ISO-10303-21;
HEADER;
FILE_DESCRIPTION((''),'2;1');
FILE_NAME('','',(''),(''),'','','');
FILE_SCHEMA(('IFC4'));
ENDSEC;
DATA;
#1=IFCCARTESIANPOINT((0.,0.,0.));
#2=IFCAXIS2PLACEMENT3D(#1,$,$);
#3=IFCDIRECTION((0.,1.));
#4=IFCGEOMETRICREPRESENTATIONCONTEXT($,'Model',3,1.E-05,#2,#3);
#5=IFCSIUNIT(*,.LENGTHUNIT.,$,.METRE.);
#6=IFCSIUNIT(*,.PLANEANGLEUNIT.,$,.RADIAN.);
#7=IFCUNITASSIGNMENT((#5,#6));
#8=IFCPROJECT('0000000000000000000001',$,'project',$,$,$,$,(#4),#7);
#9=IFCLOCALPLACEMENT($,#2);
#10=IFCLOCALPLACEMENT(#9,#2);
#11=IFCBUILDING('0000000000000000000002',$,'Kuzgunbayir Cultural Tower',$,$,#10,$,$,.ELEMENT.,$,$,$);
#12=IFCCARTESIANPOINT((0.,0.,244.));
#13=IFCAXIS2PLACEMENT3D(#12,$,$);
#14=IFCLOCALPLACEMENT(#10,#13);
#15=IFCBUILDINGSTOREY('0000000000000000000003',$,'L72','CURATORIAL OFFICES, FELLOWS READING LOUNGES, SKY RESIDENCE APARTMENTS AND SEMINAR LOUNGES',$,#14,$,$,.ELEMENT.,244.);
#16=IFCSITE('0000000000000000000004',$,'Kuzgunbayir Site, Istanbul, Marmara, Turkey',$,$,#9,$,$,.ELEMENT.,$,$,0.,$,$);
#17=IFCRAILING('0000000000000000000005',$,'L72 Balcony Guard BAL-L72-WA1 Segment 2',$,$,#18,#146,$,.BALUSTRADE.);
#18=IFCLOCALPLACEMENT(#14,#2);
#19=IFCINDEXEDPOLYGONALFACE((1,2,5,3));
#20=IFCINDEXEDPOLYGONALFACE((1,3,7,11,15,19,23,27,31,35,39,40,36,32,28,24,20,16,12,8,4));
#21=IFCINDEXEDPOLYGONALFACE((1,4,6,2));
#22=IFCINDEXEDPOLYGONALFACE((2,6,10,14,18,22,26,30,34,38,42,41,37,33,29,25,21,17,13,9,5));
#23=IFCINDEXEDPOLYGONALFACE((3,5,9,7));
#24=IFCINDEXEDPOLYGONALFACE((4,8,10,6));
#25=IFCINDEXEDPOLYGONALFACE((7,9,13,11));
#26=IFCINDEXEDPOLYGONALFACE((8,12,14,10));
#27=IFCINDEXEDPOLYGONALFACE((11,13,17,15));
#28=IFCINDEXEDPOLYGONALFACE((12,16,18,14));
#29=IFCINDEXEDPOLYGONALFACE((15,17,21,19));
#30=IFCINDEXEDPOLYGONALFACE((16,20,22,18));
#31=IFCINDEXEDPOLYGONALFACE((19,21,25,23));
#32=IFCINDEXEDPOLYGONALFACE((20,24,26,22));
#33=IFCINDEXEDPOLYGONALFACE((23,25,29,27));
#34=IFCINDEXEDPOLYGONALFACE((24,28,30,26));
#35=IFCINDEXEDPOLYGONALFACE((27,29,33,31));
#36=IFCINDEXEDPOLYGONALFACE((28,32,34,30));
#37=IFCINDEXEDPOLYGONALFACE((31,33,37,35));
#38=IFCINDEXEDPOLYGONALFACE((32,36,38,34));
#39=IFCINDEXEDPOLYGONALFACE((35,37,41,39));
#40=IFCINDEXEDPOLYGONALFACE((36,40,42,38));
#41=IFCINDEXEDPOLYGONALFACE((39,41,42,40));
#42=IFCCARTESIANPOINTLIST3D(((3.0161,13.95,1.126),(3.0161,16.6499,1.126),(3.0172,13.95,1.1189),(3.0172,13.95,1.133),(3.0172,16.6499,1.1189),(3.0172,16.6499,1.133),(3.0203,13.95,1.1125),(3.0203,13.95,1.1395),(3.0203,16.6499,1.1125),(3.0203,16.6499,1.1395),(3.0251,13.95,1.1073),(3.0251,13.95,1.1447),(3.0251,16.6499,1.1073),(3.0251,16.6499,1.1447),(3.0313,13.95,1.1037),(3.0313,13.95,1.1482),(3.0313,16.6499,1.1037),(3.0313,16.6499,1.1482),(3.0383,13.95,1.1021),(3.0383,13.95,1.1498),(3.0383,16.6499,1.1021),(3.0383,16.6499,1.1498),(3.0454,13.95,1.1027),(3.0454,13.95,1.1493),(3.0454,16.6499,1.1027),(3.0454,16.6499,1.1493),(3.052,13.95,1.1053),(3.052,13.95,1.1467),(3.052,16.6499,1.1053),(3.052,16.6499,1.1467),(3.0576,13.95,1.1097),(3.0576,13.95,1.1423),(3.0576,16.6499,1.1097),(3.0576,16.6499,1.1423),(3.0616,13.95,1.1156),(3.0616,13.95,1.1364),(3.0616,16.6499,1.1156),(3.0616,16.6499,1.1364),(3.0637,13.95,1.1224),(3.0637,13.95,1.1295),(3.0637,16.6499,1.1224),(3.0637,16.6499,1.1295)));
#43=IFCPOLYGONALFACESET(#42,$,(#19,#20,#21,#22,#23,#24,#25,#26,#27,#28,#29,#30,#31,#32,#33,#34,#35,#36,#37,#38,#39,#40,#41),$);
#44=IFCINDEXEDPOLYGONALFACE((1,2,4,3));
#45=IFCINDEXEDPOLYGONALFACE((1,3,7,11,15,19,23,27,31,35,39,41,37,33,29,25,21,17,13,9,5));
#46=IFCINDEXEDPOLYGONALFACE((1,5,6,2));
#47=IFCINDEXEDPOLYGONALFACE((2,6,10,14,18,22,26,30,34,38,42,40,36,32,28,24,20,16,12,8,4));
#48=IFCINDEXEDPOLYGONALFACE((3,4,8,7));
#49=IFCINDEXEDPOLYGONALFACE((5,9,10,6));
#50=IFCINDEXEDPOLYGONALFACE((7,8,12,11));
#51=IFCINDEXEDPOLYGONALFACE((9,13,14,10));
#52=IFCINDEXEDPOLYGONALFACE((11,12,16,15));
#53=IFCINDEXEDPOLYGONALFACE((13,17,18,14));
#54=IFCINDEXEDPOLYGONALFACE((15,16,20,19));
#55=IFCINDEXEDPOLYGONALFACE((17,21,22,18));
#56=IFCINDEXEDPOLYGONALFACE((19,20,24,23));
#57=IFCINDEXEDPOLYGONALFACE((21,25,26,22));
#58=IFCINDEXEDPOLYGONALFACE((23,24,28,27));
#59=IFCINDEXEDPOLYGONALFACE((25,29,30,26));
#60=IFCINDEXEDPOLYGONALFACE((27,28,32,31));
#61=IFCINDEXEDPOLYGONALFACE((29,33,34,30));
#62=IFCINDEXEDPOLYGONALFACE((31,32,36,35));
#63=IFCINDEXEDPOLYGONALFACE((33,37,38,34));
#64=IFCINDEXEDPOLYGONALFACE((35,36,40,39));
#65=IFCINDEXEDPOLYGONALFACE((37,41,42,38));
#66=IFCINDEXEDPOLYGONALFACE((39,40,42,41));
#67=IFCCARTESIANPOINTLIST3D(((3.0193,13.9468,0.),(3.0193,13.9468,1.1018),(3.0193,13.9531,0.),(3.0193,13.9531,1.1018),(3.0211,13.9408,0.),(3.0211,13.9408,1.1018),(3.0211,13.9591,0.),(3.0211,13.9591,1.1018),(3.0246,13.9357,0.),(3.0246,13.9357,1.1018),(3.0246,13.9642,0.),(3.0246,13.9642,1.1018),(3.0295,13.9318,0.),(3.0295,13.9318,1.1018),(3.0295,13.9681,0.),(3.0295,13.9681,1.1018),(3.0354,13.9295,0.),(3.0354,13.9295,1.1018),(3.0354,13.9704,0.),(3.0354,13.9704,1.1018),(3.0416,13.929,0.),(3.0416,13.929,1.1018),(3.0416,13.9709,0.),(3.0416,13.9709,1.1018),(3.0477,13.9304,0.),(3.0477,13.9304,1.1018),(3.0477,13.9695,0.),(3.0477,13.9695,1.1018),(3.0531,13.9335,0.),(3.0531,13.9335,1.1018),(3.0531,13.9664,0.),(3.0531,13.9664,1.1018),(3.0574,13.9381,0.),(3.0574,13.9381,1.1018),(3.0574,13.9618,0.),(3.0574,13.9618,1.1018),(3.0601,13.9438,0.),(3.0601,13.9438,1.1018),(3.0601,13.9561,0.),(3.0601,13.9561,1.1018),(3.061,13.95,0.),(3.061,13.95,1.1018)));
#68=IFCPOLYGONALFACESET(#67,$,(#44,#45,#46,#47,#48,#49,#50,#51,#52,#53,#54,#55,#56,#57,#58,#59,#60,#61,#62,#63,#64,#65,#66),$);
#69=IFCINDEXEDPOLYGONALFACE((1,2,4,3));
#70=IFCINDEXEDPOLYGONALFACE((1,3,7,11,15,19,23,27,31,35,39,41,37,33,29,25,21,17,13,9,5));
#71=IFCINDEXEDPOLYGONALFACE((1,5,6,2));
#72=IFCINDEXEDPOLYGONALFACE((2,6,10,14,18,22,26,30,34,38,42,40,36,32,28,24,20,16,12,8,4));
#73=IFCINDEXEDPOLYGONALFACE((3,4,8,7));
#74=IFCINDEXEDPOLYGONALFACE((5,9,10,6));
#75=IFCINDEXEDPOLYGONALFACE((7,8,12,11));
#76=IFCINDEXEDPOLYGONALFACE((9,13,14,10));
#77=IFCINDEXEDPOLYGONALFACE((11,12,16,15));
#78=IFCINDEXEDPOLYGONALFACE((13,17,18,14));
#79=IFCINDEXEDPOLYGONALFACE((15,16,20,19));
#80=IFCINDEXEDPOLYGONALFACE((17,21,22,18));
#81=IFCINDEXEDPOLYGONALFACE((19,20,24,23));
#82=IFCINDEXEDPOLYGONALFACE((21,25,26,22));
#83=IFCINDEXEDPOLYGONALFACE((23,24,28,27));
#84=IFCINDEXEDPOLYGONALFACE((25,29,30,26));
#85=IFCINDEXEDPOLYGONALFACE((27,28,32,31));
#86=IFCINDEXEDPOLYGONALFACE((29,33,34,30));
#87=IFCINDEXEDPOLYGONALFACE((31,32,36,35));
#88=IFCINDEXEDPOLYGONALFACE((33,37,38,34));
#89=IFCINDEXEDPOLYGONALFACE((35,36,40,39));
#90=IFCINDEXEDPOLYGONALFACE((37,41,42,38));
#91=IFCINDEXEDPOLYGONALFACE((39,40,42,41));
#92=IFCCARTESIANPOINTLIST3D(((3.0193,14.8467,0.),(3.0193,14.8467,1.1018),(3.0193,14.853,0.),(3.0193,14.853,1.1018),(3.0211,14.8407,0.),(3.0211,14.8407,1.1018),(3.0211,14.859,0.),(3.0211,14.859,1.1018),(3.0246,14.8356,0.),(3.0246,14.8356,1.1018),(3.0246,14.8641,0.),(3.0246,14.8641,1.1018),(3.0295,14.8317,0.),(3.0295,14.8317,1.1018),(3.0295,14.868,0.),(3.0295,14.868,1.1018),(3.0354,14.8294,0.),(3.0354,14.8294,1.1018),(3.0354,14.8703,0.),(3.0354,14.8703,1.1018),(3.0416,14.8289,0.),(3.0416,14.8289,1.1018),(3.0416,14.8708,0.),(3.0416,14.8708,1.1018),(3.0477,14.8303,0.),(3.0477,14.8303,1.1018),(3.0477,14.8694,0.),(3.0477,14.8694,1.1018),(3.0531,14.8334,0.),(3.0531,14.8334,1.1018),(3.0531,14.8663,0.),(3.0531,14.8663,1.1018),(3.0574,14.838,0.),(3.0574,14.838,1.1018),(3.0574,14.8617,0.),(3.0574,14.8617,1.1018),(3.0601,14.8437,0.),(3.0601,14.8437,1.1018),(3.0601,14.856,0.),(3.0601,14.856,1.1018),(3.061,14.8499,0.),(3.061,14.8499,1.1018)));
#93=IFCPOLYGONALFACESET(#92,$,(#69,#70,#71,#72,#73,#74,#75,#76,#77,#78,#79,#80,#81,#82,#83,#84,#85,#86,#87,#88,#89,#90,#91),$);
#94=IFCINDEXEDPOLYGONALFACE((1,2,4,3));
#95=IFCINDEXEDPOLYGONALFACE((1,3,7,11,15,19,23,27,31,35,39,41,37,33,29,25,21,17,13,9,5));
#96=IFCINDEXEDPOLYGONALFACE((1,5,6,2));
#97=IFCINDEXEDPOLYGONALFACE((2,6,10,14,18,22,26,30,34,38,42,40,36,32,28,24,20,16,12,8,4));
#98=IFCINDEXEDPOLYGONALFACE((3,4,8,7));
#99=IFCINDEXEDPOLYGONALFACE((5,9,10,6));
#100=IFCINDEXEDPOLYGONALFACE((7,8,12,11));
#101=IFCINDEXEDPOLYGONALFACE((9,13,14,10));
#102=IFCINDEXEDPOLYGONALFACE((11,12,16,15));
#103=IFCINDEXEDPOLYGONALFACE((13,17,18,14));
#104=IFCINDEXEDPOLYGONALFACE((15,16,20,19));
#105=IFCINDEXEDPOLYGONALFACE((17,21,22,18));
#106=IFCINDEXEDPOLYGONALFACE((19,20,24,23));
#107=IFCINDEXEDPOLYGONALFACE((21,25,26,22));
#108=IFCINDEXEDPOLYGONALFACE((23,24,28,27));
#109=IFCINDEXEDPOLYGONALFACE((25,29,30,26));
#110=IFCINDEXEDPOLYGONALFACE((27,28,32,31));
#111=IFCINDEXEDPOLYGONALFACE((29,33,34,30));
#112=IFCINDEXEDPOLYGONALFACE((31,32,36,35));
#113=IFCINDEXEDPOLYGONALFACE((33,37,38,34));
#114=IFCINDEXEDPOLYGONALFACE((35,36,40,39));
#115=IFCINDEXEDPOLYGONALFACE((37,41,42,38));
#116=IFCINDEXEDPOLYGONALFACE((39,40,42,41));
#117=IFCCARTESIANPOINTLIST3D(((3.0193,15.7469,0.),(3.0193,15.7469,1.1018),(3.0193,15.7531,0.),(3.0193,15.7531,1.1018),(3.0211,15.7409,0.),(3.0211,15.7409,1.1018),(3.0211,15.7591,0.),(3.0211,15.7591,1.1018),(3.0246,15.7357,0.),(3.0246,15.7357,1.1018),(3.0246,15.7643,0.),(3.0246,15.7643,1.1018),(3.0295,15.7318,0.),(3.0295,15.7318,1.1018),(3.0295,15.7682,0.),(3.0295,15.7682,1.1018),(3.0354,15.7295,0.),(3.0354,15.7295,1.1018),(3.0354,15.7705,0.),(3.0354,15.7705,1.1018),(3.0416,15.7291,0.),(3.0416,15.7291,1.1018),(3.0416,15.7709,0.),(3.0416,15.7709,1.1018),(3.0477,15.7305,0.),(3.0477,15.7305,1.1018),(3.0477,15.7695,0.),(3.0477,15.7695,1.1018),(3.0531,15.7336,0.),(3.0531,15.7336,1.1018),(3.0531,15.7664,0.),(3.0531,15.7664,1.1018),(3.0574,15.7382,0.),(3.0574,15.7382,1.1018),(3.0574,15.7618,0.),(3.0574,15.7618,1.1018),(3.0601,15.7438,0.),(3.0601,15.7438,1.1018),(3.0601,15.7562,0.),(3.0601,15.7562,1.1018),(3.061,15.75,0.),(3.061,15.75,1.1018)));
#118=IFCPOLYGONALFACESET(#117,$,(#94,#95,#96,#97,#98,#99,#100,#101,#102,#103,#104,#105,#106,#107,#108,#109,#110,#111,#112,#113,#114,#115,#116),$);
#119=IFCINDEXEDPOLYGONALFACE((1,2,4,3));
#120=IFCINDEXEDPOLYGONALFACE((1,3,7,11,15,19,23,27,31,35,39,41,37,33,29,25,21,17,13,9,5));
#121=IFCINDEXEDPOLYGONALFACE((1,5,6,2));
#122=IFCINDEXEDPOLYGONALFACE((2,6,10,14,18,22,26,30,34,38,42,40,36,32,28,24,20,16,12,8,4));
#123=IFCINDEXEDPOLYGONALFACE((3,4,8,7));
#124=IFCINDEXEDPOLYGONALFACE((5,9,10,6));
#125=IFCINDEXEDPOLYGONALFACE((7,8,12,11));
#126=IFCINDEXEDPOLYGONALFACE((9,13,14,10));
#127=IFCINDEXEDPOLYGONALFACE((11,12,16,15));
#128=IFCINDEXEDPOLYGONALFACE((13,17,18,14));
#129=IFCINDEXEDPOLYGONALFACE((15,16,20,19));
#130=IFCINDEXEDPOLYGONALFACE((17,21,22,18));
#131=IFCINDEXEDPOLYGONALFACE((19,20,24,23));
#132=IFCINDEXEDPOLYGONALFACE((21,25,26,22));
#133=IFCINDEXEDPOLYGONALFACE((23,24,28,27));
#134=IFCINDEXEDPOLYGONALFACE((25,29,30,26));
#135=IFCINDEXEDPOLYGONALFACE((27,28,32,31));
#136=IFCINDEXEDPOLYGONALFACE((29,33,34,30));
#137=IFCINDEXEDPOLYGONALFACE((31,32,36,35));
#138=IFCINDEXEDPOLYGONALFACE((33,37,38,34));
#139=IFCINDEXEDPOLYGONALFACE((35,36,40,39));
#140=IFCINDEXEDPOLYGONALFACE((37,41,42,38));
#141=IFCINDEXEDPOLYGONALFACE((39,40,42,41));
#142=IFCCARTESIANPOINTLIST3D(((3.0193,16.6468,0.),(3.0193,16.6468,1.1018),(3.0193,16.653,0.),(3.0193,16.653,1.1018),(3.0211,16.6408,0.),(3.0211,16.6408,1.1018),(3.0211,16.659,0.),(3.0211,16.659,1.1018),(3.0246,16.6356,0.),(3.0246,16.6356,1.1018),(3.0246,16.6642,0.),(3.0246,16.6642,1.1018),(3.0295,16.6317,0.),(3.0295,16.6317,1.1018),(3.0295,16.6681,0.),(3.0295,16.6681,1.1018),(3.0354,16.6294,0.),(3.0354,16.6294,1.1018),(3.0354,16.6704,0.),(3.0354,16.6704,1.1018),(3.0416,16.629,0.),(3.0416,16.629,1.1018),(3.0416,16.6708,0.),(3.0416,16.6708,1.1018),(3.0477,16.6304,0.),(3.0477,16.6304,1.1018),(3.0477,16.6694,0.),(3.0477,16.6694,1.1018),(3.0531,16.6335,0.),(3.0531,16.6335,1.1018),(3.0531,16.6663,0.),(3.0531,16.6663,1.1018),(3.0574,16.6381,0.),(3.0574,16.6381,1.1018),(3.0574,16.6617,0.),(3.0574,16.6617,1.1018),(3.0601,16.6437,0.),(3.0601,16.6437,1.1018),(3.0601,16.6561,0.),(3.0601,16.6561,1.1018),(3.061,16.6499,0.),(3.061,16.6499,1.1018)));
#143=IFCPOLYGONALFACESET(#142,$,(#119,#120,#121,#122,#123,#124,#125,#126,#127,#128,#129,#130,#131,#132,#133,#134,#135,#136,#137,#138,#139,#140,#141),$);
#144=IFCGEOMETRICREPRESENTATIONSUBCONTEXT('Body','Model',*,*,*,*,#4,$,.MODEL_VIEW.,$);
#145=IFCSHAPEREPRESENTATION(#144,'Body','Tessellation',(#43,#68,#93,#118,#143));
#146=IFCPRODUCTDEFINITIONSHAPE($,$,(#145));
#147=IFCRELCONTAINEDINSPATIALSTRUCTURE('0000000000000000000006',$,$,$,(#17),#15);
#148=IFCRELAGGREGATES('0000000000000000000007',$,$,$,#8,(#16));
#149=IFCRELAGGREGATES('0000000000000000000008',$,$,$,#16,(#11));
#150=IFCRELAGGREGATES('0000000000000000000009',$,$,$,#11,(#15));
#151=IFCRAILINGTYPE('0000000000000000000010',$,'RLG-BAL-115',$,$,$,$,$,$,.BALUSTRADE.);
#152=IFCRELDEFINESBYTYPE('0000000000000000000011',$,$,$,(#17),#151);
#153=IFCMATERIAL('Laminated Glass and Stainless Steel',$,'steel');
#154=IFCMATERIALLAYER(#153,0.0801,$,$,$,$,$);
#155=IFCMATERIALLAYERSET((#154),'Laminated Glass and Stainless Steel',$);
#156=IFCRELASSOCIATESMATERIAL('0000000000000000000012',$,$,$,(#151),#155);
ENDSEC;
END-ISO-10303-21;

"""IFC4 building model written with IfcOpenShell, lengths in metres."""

from ifc_helpers import new_model, si_unit, direction, frame, origin, origin_2d, place, context, subcontext, project, spatial, circle, extrude, material, layer, layer_set, type_object, element, save


model = new_model("IFC4")

# Units and contexts
model_context = context("Model", 3, precision=1e-05, world=origin(), true_north=direction((0.0, 1.0)))
body_context = subcontext(model_context, "Body", "Model", "MODEL_VIEW")
ifc_project = project(units=[si_unit("LENGTHUNIT", "METRE"), si_unit("PLANEANGLEUNIT", "RADIAN")], contexts=[model_context])

# Site, building, storey
site_placement = place(None, origin())
site = spatial("IfcSite", under=ifc_project, at=site_placement, Name="Kuzgunbayir Site, Istanbul, Marmara, Turkey", CompositionType="ELEMENT", RefElevation=0.0)
building_placement = place(site_placement, origin())
building = spatial("IfcBuilding", under=site, at=building_placement, Name="Kuzgunbayir Cultural Tower", CompositionType="ELEMENT")
storey_placement = place(building_placement, frame((0.0, 0.0, 244.0)))
storey = spatial("IfcBuildingStorey", under=building, at=storey_placement, Name="L72", Description="CURATORIAL OFFICES, FELLOWS READING LOUNGES, SKY RESIDENCE APARTMENTS AND SEMINAR LOUNGES", CompositionType="ELEMENT", Elevation=244.0)

# Railing
ifc_material_1 = material(Name="Laminated Glass and Stainless Steel", Category="steel")
ifc_layer_1 = layer(ifc_material_1, 0.0801)
ifc_layer_set_1 = layer_set([ifc_layer_1], Name="Laminated Glass and Stainless Steel")
railing_type = type_object("IfcRailingType", Name="RLG-BAL-115", PredefinedType="BALUSTRADE", material=ifc_layer_set_1)
railing_1_placement = place(storey_placement, frame((3.04, 13.95, 0.0)))
element("IfcRailing", 1, at=railing_1_placement, inside=storey, type_object=railing_type, Name="L72 Balcony Guard BAL-L72-WA1 Segment 2", PredefinedType="BALUSTRADE", context=body_context, shape_type="SweptSolid", body=[
    extrude(circle(Radius=0.0239, at=origin_2d()), frame((0.0, 0.0, 1.126), z_axis=(0.0, 1.0, 0.0), x_axis=(-1.0, 0.0, 0.0)), (0.0, 0.0, 1.0), 2.7),
    extrude(circle(Radius=0.021, at=origin_2d()), origin(), (0.0, 0.0, 1.0), 1.1018),
    extrude(circle(Radius=0.021, at=origin_2d()), frame((0.0, 0.8999, 0.0)), (0.0, 0.0, 1.0), 1.1018),
    extrude(circle(Radius=0.021, at=origin_2d()), frame((0.0, 1.8, 0.0)), (0.0, 0.0, 1.0), 1.1018),
    extrude(circle(Radius=0.021, at=origin_2d()), frame((0.0, 2.7, 0.0)), (0.0, 0.0, 1.0), 1.1018),
])

save(model, "model.ifc")
